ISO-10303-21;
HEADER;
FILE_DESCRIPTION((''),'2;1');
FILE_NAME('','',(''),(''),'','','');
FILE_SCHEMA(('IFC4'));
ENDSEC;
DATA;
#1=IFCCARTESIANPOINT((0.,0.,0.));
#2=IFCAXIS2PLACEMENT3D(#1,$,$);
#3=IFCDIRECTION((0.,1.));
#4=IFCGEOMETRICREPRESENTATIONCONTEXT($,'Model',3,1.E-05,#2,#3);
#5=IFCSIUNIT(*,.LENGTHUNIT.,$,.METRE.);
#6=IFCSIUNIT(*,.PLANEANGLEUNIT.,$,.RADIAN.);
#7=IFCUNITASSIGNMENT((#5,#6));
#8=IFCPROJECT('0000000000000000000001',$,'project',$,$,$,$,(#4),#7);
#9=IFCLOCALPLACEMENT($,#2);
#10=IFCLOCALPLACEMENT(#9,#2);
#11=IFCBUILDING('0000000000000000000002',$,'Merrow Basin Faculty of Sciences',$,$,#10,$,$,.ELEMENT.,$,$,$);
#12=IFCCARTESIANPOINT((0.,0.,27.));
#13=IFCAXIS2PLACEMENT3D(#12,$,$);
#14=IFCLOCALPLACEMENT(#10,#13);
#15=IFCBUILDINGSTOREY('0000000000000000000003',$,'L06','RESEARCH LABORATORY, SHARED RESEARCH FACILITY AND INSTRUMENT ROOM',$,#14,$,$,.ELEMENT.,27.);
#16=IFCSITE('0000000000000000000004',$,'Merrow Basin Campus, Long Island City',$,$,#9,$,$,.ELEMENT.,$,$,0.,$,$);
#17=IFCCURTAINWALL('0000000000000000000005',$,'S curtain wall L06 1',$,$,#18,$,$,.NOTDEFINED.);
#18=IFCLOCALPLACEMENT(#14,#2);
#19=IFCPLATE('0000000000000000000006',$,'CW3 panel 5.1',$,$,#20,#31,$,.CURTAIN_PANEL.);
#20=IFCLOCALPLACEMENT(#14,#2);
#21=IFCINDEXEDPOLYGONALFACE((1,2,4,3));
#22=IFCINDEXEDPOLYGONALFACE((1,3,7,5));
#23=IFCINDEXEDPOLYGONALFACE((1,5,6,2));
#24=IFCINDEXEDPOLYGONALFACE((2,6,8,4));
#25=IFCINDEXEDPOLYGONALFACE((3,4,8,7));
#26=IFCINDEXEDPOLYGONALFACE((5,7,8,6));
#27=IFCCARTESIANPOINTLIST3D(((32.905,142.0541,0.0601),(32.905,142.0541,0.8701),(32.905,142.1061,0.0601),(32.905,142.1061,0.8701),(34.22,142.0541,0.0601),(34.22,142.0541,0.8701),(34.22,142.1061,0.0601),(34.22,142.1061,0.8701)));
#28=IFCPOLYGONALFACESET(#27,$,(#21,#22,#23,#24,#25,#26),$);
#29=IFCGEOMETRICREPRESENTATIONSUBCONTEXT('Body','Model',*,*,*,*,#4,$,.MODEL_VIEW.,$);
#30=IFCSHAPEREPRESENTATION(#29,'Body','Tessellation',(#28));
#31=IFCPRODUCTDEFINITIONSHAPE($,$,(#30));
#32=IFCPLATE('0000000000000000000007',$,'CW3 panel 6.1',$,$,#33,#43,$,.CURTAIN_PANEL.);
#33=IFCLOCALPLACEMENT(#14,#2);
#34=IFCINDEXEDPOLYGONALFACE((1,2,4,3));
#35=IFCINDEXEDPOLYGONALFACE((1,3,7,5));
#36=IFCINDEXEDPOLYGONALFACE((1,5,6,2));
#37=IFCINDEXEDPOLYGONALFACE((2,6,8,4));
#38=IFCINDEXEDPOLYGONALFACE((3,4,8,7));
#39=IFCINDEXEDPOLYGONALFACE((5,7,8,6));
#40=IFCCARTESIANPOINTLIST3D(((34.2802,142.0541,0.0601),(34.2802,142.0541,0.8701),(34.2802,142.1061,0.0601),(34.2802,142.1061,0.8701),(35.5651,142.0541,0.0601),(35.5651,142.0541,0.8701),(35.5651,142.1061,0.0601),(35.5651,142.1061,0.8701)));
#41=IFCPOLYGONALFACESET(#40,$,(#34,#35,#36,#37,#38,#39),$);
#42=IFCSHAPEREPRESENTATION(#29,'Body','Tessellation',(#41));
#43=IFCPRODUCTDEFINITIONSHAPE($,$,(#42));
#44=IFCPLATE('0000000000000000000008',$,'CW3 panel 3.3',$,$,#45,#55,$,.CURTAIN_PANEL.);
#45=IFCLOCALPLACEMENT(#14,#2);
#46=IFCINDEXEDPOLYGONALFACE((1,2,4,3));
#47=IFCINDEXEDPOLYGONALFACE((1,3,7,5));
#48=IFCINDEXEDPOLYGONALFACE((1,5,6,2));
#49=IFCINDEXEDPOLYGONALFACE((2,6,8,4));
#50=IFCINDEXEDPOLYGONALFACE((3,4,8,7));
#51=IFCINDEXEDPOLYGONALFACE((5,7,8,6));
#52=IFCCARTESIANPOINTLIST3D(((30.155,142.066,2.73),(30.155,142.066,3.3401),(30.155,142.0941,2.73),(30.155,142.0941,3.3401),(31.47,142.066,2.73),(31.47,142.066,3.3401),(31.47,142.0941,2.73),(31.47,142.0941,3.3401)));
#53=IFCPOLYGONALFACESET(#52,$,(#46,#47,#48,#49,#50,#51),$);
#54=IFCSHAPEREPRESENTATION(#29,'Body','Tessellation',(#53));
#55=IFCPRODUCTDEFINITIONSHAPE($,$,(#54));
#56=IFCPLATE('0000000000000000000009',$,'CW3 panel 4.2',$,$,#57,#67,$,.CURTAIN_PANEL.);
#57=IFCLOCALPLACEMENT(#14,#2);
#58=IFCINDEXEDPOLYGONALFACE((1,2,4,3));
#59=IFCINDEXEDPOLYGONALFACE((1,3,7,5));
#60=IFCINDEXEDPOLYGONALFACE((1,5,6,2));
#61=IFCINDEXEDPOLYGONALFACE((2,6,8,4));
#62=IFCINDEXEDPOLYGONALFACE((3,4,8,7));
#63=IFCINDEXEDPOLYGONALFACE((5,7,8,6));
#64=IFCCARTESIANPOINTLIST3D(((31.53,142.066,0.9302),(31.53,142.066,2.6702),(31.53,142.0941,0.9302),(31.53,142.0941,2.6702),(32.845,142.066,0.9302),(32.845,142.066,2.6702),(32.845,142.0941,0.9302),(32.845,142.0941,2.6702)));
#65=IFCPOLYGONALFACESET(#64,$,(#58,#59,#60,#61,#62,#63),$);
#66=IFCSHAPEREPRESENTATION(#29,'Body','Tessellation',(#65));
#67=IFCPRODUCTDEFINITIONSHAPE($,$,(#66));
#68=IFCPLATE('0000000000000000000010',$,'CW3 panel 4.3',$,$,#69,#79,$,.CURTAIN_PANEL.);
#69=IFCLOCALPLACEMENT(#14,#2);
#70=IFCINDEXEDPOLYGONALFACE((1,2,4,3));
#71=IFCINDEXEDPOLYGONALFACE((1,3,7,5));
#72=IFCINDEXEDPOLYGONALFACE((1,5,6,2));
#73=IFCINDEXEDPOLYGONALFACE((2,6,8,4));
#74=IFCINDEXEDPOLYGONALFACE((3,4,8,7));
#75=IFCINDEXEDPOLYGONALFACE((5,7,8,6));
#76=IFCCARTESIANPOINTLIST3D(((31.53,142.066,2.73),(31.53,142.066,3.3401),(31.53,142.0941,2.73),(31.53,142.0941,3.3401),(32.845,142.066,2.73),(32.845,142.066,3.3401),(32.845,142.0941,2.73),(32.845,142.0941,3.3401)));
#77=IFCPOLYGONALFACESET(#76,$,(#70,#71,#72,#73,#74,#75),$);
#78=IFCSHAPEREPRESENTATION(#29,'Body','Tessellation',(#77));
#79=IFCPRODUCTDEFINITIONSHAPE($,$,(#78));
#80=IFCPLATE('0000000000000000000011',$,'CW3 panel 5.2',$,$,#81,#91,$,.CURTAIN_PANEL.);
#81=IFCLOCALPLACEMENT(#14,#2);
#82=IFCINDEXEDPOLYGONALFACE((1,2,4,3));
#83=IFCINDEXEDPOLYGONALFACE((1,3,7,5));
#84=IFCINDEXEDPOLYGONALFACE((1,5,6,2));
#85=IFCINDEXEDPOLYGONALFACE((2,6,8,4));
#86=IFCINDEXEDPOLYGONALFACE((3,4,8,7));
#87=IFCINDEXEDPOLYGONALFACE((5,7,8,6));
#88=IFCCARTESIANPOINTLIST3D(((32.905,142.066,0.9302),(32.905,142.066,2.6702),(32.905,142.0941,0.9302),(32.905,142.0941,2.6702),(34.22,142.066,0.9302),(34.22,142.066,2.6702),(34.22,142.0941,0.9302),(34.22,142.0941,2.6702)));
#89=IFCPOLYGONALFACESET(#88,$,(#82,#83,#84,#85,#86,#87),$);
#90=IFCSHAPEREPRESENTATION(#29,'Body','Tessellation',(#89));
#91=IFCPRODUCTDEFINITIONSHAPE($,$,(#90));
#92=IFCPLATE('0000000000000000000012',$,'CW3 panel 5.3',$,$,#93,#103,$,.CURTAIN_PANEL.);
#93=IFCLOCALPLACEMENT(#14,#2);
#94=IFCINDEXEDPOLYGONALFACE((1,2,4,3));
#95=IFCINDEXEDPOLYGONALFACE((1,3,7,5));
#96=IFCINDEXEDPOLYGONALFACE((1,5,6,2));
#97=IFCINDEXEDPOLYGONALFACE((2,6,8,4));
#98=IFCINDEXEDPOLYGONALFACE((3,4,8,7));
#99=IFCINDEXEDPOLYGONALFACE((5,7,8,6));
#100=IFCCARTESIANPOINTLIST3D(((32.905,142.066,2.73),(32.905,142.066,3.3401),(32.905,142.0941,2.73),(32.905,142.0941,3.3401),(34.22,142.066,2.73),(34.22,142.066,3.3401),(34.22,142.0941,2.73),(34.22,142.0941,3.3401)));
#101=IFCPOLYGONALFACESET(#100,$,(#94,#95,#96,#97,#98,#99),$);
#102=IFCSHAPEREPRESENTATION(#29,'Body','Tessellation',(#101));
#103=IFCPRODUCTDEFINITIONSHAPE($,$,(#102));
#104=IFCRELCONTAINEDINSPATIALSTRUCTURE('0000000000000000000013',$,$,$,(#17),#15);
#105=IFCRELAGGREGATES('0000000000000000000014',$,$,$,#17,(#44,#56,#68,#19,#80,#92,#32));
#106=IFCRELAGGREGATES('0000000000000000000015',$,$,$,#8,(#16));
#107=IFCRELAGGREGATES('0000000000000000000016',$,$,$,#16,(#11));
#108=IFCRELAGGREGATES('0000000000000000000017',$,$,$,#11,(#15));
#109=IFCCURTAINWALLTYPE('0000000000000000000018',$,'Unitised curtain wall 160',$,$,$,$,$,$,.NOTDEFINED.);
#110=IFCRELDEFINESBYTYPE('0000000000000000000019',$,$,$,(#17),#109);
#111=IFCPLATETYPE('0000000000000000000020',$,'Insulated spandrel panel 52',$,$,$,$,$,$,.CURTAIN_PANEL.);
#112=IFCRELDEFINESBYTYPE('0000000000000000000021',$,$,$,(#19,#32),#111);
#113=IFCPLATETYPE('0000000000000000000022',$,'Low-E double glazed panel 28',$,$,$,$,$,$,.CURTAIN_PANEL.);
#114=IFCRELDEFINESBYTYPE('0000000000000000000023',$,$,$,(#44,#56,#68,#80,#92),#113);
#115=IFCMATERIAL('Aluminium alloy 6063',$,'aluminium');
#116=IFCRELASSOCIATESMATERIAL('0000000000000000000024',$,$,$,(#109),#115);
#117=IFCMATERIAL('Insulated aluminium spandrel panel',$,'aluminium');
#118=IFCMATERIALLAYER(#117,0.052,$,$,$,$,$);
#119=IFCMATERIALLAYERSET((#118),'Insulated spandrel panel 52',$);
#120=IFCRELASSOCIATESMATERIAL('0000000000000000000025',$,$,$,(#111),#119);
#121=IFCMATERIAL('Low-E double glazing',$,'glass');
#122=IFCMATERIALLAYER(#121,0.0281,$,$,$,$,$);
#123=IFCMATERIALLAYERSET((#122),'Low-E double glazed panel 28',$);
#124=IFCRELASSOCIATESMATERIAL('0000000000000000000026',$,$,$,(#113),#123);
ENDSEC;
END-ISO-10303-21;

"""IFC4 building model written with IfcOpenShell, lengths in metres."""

from ifc_helpers import new_model, si_unit, direction, frame, origin, origin_2d, place, context, subcontext, project, spatial, rectangle, extrude, material, layer, layer_set, type_object, element, aggregate, save


model = new_model("IFC4")

# Units and contexts
model_context = context("Model", 3, precision=1e-05, world=origin(), true_north=direction((0.0, 1.0)))
body_context = subcontext(model_context, "Body", "Model", "MODEL_VIEW")
ifc_project = project(units=[si_unit("LENGTHUNIT", "METRE"), si_unit("PLANEANGLEUNIT", "RADIAN")], contexts=[model_context])

# Site, building, storey
site_placement = place(None, origin())
site = spatial("IfcSite", under=ifc_project, at=site_placement, Name="Merrow Basin Campus, Long Island City", CompositionType="ELEMENT", RefElevation=0.0)
building_placement = place(site_placement, origin())
building = spatial("IfcBuilding", under=site, at=building_placement, Name="Merrow Basin Faculty of Sciences", CompositionType="ELEMENT")
storey_placement = place(building_placement, frame((0.0, 0.0, 27.0)))
storey = spatial("IfcBuildingStorey", under=building, at=storey_placement, Name="L06", Description="RESEARCH LABORATORY, SHARED RESEARCH FACILITY AND INSTRUMENT ROOM", CompositionType="ELEMENT", Elevation=27.0)

# Curtain wall, plates
ifc_material_1 = material(Name="Aluminium alloy 6063", Category="aluminium")
curtain_wall_type = type_object("IfcCurtainWallType", Name="Unitised curtain wall 160", PredefinedType="NOTDEFINED", material=ifc_material_1)
curtain_wall_placement = place(storey_placement, origin())
curtain_wall = element("IfcCurtainWall", 1, at=curtain_wall_placement, inside=storey, type_object=curtain_wall_type, Name="S curtain wall L06 1", PredefinedType="NOTDEFINED")
ifc_material_2 = material(Name="Insulated aluminium spandrel panel", Category="aluminium")
ifc_layer_1 = layer(ifc_material_2, 0.052)
ifc_layer_set_1 = layer_set([ifc_layer_1], Name="Insulated spandrel panel 52")
plate_type_1 = type_object("IfcPlateType", Name="Insulated spandrel panel 52", PredefinedType="CURTAIN_PANEL", material=ifc_layer_set_1)
plate_1_placement = place(storey_placement, frame((33.5625, 142.0801, 0.0601), z_axis=(0.0, 0.0, 1.0), x_axis=(1.0, 0.0, 0.0)))
plate_1 = element("IfcPlate", 2, at=plate_1_placement, type_object=plate_type_1, Name="CW3 panel 5.1", PredefinedType="CURTAIN_PANEL", context=body_context, shape_type="SweptSolid", body=[
    extrude(rectangle(XDim=1.3149, YDim=0.052, at=origin_2d()), origin(), (0.0, 0.0, 1.0), 0.8101),
])
plate_2_placement = place(storey_placement, frame((34.9226, 142.0801, 0.0601), z_axis=(0.0, 0.0, 1.0), x_axis=(1.0, 0.0, 0.0)))
plate_2 = element("IfcPlate", 3, at=plate_2_placement, type_object=plate_type_1, Name="CW3 panel 6.1", PredefinedType="CURTAIN_PANEL", context=body_context, shape_type="SweptSolid", body=[
    extrude(rectangle(XDim=1.2849, YDim=0.052, at=origin_2d()), origin(), (0.0, 0.0, 1.0), 0.8101),
])
ifc_material_3 = material(Name="Low-E double glazing", Category="glass")
ifc_layer_2 = layer(ifc_material_3, 0.0281)
ifc_layer_set_2 = layer_set([ifc_layer_2], Name="Low-E double glazed panel 28")
plate_type_2 = type_object("IfcPlateType", Name="Low-E double glazed panel 28", PredefinedType="CURTAIN_PANEL", material=ifc_layer_set_2)
plate_3_placement = place(storey_placement, frame((30.8125, 142.0801, 2.73), z_axis=(0.0, 0.0, 1.0), x_axis=(1.0, 0.0, 0.0)))
plate_3 = element("IfcPlate", 4, at=plate_3_placement, type_object=plate_type_2, Name="CW3 panel 3.3", PredefinedType="CURTAIN_PANEL", context=body_context, shape_type="SweptSolid", body=[
    extrude(rectangle(XDim=1.3149, YDim=0.0281, at=origin_2d()), origin(), (0.0, 0.0, 1.0), 0.6101),
])
plate_4_placement = place(storey_placement, frame((32.1875, 142.0801, 0.9302), z_axis=(0.0, 0.0, 1.0), x_axis=(1.0, 0.0, 0.0)))
plate_4 = element("IfcPlate", 5, at=plate_4_placement, type_object=plate_type_2, Name="CW3 panel 4.2", PredefinedType="CURTAIN_PANEL", context=body_context, shape_type="SweptSolid", body=[
    extrude(rectangle(XDim=1.3149, YDim=0.0281, at=origin_2d()), origin(), (0.0, 0.0, 1.0), 1.74),
])
plate_5_placement = place(storey_placement, frame((32.1875, 142.0801, 2.73), z_axis=(0.0, 0.0, 1.0), x_axis=(1.0, 0.0, 0.0)))
plate_5 = element("IfcPlate", 6, at=plate_5_placement, type_object=plate_type_2, Name="CW3 panel 4.3", PredefinedType="CURTAIN_PANEL", context=body_context, shape_type="SweptSolid", body=[
    extrude(rectangle(XDim=1.3149, YDim=0.0281, at=origin_2d()), origin(), (0.0, 0.0, 1.0), 0.6101),
])
plate_6_placement = place(storey_placement, frame((33.5625, 142.0801, 0.9302), z_axis=(0.0, 0.0, 1.0), x_axis=(1.0, 0.0, 0.0)))
plate_6 = element("IfcPlate", 7, at=plate_6_placement, type_object=plate_type_2, Name="CW3 panel 5.2", PredefinedType="CURTAIN_PANEL", context=body_context, shape_type="SweptSolid", body=[
    extrude(rectangle(XDim=1.3149, YDim=0.0281, at=origin_2d()), origin(), (0.0, 0.0, 1.0), 1.74),
])
plate_7_placement = place(storey_placement, frame((33.5625, 142.0801, 2.73), z_axis=(0.0, 0.0, 1.0), x_axis=(1.0, 0.0, 0.0)))
plate_7 = element("IfcPlate", 8, at=plate_7_placement, type_object=plate_type_2, Name="CW3 panel 5.3", PredefinedType="CURTAIN_PANEL", context=body_context, shape_type="SweptSolid", body=[
    extrude(rectangle(XDim=1.3149, YDim=0.0281, at=origin_2d()), origin(), (0.0, 0.0, 1.0), 0.6101),
])
aggregate(curtain_wall, [plate_3, plate_4, plate_5, plate_1, plate_6, plate_7, plate_2])

save(model, "model.ifc")
